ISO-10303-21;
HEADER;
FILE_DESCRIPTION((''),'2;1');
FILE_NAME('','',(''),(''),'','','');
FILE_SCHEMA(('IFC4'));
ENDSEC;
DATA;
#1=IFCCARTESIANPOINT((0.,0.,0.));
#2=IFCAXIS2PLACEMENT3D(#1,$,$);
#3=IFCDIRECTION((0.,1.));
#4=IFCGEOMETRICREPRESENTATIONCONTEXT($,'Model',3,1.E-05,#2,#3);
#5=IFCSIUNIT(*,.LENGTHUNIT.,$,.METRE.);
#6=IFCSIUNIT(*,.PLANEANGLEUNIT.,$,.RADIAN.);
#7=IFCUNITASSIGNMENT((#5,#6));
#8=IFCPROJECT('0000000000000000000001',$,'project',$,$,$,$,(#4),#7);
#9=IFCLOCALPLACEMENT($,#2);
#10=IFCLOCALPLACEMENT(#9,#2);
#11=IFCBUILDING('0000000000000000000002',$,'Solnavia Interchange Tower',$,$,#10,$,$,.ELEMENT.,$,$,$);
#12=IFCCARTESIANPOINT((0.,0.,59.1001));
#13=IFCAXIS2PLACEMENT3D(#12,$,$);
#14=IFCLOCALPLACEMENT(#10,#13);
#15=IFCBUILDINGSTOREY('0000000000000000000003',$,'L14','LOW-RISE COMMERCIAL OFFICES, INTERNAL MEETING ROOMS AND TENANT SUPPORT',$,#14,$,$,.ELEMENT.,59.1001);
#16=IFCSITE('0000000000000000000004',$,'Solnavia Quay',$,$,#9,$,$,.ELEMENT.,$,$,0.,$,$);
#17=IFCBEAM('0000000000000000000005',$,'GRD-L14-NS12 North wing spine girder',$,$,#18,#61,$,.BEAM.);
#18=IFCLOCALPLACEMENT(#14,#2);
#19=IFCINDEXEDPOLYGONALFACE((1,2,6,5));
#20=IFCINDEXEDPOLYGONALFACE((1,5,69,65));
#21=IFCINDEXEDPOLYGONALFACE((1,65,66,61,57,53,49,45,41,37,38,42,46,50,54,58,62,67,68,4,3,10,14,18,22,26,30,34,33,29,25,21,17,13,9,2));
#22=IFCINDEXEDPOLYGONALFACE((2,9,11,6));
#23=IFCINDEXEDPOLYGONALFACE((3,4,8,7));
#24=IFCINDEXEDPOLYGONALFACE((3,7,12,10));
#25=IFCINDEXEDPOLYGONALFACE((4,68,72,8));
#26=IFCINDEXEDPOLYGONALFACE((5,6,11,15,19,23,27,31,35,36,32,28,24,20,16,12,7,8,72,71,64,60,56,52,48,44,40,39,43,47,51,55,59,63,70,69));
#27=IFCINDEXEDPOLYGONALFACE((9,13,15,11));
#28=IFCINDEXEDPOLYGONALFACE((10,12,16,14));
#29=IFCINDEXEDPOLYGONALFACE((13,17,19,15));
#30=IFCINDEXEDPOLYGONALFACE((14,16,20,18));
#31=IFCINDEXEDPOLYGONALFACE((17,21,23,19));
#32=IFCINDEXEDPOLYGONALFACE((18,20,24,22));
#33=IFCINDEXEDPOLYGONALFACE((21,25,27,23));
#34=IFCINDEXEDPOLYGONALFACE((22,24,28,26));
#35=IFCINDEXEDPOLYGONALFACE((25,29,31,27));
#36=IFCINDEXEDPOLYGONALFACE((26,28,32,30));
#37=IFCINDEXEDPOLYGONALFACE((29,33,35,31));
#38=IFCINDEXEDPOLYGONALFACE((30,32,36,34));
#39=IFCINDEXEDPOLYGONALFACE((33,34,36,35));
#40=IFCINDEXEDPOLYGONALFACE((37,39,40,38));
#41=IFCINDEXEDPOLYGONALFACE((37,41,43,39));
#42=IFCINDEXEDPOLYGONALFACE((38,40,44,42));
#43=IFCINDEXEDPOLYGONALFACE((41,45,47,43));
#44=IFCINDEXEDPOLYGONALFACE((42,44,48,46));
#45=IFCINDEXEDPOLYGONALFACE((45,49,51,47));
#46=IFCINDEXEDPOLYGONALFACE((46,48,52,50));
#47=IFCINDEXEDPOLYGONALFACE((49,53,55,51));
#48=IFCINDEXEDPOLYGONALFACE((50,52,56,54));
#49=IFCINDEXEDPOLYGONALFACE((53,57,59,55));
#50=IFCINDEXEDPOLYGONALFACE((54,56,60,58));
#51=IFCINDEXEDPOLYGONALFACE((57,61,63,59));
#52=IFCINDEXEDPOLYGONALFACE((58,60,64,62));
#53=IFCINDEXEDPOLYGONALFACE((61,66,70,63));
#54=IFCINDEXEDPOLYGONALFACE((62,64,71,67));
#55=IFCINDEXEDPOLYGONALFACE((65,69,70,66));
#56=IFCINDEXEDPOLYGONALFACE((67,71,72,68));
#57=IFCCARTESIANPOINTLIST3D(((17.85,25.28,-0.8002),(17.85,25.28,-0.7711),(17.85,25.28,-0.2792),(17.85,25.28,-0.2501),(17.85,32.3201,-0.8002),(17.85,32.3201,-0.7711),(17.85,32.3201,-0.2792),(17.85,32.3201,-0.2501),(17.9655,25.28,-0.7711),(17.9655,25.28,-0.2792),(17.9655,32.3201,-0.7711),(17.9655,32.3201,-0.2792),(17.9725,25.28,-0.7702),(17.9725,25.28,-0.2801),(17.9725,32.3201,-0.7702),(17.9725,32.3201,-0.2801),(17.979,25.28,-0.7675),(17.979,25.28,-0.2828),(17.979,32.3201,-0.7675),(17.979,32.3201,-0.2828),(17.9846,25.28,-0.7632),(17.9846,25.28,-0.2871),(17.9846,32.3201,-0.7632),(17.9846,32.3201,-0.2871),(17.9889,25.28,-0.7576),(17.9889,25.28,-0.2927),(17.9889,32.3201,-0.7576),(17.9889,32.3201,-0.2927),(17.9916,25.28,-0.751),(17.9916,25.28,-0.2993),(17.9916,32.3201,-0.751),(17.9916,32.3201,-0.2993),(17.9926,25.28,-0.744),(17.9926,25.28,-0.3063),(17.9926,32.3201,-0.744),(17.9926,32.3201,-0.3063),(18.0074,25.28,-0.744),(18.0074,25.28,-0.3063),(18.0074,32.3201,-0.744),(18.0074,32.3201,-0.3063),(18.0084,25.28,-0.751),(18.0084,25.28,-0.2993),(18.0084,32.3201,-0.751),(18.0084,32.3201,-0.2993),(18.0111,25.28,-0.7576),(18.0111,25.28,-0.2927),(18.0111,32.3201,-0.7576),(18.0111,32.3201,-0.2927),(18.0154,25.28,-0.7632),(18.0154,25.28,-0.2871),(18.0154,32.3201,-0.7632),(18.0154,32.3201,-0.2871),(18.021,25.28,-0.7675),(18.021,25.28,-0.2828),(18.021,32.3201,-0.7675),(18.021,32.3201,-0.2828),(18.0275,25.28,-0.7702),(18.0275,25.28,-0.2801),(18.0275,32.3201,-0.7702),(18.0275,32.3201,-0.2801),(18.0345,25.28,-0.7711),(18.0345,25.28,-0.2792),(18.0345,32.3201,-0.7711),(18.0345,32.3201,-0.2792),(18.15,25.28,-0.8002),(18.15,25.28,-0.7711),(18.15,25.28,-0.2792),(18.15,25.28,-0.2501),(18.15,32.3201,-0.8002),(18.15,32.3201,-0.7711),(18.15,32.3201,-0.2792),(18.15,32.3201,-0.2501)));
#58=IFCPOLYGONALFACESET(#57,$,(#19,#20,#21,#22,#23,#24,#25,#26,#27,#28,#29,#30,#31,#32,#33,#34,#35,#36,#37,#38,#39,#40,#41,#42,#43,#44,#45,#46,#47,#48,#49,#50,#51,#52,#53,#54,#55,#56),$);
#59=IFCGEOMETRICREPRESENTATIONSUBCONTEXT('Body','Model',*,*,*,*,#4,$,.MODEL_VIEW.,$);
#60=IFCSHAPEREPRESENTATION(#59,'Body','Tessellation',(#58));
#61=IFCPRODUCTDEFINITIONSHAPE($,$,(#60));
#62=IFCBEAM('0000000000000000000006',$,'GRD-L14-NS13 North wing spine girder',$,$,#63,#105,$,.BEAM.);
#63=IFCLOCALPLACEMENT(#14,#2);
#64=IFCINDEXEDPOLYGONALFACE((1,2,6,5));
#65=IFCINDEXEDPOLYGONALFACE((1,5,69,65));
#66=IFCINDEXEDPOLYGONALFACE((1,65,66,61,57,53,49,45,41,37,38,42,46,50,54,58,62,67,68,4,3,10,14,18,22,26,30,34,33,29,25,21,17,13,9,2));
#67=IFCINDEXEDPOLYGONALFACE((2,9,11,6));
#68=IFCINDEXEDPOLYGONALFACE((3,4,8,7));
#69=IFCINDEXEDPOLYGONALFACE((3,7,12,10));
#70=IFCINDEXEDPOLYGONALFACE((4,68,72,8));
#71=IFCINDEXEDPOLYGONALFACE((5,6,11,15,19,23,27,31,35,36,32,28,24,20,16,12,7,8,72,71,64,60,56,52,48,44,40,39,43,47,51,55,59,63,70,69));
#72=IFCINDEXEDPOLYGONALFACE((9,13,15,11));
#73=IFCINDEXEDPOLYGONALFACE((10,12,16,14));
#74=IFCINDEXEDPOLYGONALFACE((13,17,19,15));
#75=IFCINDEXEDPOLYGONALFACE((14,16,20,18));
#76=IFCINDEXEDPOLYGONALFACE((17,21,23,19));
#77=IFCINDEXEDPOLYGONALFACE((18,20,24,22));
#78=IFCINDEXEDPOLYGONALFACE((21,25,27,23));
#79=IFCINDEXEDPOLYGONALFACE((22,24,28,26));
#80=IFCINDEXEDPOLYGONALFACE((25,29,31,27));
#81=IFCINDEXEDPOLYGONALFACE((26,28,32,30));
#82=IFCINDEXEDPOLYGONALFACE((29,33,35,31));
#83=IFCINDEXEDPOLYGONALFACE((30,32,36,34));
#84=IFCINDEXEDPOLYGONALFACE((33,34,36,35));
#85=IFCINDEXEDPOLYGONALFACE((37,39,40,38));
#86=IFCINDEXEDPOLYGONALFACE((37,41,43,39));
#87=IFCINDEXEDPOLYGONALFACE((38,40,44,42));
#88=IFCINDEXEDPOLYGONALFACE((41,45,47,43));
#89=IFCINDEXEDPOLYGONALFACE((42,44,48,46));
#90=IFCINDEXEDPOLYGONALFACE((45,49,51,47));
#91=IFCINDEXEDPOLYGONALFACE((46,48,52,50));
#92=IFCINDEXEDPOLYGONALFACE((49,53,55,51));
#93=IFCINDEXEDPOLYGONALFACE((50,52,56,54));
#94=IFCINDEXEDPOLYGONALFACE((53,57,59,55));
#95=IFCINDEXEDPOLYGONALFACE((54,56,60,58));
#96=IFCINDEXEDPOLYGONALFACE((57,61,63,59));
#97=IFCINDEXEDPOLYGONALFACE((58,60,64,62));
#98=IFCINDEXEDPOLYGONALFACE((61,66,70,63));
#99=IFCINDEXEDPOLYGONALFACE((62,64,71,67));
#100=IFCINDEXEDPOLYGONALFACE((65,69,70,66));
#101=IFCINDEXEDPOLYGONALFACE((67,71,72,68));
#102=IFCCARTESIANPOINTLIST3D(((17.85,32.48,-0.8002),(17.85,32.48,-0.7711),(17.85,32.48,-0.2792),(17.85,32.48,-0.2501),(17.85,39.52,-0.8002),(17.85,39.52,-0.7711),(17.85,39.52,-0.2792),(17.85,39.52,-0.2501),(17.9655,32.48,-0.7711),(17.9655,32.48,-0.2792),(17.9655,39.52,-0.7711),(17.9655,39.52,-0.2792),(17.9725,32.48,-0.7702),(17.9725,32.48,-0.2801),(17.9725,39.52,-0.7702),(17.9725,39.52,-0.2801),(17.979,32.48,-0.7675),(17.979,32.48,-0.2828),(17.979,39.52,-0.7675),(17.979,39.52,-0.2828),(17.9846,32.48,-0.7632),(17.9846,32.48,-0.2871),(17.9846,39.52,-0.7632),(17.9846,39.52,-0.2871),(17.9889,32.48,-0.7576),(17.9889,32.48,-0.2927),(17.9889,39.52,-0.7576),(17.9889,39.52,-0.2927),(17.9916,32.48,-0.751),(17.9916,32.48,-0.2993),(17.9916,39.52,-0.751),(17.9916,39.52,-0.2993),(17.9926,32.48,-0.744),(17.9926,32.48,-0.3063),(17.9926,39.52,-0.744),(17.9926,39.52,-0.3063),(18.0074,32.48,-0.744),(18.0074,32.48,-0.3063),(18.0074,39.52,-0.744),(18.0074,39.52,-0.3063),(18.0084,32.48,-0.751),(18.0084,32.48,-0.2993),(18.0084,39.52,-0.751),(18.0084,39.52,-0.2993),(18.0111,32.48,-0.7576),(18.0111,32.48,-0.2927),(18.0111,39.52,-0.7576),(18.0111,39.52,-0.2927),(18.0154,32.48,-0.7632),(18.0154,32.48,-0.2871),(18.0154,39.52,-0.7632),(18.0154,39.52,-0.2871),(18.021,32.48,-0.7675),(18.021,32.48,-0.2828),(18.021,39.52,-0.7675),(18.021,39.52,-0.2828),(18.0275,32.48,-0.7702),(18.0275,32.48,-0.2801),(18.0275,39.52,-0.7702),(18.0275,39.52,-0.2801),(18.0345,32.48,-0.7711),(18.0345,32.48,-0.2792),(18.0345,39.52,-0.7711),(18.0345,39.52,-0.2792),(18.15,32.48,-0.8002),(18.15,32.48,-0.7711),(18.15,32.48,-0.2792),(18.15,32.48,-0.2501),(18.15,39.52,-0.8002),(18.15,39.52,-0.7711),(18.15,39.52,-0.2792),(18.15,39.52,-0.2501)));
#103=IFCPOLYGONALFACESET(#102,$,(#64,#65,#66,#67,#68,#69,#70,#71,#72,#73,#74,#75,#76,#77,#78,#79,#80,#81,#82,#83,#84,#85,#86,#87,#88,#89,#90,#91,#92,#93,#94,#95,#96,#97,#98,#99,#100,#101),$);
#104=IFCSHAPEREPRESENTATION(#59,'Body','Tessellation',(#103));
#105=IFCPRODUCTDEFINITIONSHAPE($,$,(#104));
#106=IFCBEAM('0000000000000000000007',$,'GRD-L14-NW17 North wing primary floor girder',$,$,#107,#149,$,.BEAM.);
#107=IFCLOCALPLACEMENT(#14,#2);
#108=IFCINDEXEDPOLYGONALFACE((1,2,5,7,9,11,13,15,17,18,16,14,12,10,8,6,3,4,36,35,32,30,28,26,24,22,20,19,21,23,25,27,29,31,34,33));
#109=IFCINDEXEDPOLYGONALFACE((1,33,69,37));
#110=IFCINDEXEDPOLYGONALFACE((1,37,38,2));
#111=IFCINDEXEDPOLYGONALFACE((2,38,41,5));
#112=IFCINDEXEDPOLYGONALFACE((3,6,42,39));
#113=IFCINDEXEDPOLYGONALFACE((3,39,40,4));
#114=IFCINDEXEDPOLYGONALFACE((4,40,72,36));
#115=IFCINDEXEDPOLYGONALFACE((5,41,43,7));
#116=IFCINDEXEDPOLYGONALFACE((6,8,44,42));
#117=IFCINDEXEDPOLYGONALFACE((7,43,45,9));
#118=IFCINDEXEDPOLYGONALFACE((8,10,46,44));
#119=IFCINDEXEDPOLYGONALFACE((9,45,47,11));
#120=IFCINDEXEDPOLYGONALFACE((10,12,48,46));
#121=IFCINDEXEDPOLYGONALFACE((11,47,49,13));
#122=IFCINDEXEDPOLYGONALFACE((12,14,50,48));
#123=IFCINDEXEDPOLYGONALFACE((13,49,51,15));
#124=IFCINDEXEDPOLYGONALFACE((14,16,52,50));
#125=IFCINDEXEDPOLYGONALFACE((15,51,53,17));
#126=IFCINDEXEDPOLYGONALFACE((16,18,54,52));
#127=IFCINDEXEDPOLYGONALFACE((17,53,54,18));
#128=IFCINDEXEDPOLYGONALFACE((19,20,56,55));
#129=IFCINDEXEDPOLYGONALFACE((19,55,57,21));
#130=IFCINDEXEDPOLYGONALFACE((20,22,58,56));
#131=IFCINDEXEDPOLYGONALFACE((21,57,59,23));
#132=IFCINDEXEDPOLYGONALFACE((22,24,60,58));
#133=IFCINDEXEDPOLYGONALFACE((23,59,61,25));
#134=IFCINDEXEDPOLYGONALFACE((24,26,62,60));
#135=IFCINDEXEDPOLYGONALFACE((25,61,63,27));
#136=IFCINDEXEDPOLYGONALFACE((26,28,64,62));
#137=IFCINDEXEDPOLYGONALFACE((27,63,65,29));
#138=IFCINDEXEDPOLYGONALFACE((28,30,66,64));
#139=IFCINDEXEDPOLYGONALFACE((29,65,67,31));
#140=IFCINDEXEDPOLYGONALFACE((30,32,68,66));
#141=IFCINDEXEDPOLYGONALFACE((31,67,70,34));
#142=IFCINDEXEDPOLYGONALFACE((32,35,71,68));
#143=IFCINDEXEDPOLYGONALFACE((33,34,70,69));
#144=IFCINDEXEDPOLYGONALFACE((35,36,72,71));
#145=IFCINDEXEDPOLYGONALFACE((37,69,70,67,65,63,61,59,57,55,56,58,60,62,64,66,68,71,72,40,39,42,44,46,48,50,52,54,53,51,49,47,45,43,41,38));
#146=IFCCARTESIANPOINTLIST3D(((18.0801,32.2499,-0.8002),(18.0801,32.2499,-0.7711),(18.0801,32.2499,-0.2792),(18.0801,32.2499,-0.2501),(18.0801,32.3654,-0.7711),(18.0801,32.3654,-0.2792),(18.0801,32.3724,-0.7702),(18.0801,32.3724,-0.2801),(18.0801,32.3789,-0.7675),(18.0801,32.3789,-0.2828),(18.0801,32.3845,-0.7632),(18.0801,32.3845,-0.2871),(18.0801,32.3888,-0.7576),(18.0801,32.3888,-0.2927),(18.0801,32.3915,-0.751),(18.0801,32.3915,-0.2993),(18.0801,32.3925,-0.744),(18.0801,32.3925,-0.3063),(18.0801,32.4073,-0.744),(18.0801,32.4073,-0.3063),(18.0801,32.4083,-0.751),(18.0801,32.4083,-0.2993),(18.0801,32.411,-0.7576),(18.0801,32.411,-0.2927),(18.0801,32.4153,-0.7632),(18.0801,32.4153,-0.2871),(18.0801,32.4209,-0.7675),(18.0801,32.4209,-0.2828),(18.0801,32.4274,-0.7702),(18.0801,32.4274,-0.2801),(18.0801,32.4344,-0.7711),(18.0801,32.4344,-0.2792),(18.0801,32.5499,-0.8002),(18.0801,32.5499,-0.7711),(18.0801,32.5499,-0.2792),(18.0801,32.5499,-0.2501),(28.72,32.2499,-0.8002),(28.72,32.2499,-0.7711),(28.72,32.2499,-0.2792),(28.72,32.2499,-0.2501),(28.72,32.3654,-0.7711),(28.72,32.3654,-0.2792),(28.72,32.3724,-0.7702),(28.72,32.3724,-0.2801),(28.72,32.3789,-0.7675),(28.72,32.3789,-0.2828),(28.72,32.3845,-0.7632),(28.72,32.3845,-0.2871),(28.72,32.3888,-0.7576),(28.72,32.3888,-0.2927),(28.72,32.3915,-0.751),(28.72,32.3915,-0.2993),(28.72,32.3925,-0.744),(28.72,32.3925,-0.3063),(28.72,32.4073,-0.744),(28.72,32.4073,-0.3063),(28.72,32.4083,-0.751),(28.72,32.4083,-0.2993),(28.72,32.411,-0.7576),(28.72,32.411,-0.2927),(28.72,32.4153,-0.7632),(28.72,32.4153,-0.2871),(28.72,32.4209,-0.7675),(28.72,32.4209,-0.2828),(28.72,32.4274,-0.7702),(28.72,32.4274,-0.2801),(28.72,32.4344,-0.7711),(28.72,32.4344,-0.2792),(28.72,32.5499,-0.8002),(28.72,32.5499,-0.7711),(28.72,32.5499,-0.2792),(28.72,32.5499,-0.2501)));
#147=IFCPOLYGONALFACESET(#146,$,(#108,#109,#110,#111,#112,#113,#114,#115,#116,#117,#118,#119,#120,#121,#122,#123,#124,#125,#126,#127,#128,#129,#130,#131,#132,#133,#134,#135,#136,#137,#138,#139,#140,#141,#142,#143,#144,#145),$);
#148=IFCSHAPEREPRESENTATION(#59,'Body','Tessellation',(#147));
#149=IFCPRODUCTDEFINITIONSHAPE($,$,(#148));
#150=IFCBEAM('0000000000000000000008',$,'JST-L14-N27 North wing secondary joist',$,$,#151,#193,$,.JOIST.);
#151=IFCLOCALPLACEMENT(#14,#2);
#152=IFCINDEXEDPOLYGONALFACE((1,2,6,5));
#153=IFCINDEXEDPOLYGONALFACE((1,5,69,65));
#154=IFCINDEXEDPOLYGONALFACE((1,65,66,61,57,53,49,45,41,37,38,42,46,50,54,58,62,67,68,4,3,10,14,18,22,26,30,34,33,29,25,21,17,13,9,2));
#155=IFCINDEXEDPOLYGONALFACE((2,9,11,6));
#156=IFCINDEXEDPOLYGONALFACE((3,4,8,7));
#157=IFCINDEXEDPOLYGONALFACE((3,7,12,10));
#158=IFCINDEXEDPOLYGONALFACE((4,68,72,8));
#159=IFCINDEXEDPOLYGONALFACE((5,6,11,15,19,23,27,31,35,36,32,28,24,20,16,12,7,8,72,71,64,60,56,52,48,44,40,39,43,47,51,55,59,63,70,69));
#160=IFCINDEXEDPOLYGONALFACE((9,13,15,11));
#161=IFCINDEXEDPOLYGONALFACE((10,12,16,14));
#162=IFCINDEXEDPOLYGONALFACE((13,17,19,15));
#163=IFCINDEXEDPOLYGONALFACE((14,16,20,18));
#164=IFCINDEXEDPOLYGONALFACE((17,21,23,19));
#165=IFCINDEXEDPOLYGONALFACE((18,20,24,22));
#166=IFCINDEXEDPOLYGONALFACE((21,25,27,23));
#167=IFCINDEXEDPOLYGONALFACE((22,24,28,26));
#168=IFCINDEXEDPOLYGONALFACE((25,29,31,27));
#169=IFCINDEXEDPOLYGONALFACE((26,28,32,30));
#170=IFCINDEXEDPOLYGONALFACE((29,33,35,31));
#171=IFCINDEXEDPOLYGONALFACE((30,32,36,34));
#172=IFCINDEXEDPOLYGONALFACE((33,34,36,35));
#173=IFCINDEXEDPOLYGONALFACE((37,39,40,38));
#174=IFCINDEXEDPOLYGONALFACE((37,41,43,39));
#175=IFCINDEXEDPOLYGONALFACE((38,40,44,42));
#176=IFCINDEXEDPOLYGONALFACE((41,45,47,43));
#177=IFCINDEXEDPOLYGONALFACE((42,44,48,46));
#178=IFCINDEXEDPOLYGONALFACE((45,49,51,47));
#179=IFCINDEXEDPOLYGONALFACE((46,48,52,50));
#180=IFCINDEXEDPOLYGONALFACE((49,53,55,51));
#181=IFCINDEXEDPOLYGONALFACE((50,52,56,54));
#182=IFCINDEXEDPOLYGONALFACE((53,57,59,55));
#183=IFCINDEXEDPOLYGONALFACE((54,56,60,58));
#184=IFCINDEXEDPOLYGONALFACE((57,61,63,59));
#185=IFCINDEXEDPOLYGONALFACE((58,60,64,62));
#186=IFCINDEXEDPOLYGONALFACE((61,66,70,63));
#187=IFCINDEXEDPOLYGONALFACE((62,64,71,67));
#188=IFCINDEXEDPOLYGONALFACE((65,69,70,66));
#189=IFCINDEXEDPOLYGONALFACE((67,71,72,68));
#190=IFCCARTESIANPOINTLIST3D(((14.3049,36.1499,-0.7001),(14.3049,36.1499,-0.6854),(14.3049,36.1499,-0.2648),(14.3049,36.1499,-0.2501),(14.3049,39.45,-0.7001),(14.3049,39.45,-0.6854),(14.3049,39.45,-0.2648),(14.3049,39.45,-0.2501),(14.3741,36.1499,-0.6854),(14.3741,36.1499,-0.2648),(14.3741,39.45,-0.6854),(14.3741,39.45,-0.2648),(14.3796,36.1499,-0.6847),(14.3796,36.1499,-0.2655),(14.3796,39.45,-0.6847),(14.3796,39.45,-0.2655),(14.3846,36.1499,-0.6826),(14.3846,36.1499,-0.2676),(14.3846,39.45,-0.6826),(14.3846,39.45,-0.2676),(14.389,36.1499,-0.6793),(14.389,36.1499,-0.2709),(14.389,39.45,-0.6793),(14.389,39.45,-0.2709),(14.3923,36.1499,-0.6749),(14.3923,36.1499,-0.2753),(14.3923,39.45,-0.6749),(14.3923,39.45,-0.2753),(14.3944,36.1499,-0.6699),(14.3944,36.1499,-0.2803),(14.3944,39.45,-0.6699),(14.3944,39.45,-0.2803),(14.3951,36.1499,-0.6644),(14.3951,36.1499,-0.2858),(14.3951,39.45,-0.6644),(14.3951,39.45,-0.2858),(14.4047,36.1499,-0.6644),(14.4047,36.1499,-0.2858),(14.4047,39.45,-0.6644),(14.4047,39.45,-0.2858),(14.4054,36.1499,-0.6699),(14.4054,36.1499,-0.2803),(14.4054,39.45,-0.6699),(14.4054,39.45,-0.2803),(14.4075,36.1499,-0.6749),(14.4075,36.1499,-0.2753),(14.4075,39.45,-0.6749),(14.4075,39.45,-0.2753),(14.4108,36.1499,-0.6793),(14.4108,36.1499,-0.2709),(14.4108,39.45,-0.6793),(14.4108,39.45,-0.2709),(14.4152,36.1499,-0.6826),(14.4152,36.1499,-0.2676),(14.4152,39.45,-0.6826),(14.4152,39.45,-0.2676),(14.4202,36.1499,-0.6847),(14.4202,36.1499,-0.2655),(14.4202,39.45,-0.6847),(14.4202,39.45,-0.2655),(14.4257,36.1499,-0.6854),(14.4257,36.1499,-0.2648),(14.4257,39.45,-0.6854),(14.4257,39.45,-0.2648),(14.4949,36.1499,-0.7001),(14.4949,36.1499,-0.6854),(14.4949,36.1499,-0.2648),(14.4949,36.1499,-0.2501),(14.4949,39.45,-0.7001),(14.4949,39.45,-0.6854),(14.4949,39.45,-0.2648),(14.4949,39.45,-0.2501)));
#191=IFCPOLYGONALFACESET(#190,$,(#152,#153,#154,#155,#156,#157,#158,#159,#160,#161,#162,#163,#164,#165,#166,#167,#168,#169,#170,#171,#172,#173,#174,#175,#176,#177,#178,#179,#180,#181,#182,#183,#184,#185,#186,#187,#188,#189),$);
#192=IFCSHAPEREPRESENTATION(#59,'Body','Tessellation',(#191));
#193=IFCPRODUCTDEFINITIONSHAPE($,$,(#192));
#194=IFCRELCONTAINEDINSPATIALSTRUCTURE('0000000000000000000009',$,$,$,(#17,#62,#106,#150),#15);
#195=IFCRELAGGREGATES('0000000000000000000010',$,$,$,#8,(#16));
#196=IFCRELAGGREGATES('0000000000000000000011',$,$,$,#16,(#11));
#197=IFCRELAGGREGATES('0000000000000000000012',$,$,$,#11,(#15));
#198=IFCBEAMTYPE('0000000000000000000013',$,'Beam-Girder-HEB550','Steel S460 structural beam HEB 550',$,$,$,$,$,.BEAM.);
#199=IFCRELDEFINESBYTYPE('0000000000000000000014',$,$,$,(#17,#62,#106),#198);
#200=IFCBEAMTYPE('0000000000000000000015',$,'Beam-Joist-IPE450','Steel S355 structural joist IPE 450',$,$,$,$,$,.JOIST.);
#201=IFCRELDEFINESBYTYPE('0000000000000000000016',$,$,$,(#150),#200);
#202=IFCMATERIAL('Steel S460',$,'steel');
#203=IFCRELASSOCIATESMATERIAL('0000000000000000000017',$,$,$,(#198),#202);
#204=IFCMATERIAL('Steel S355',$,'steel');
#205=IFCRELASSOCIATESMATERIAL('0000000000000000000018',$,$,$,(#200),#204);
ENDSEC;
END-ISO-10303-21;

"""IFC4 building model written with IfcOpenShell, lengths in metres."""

from ifc_helpers import new_model, si_unit, direction, frame, origin, origin_2d, place, context, subcontext, project, spatial, i_section, extrude, material, material_profile, profile_set, type_object, element, save


model = new_model("IFC4")

# Units and contexts
model_context = context("Model", 3, precision=1e-05, world=origin(), true_north=direction((0.0, 1.0)))
body_context = subcontext(model_context, "Body", "Model", "MODEL_VIEW")
ifc_project = project(units=[si_unit("LENGTHUNIT", "METRE"), si_unit("PLANEANGLEUNIT", "RADIAN")], contexts=[model_context])

# Site, building, storey
site_placement = place(None, origin())
site = spatial("IfcSite", under=ifc_project, at=site_placement, Name="Solnavia Quay", CompositionType="ELEMENT", RefElevation=0.0)
building_placement = place(site_placement, origin())
building = spatial("IfcBuilding", under=site, at=building_placement, Name="Solnavia Interchange Tower", CompositionType="ELEMENT")
storey_placement = place(building_placement, frame((0.0, 0.0, 59.1001)))
storey = spatial("IfcBuildingStorey", under=building, at=storey_placement, Name="L14", Description="LOW-RISE COMMERCIAL OFFICES, INTERNAL MEETING ROOMS AND TENANT SUPPORT", CompositionType="ELEMENT", Elevation=59.1001)

# Shared definitions
ifc_material_1 = material(Name="Steel S355", Category="steel")

# Beams
ifc_material_2 = material(Name="Steel S460", Category="steel")
ifc_material_profile_1 = material_profile(ifc_material_2, i_section(OverallWidth=0.3, OverallDepth=0.55, WebThickness=0.0149, FlangeThickness=0.0291, FilletRadius=0.0271, at=origin_2d()), Name="HEB 550")
ifc_profile_set_1 = profile_set([ifc_material_profile_1], Name="Steel S460")
beam_type_1 = type_object("IfcBeamType", Name="Beam-Girder-HEB550", Description="Steel S460 structural beam HEB 550", PredefinedType="BEAM", material=ifc_profile_set_1)
for number, where, z_axis, x_axis, name in (
    (1, (18.0, 25.28, -0.5251), (0.0, 1.0, 0.0), (-1.0, 0.0, 0.0), "GRD-L14-NS12 North wing spine girder"),
    (2, (18.0, 32.48, -0.5251), (0.0, 1.0, 0.0), (-1.0, 0.0, 0.0), "GRD-L14-NS13 North wing spine girder"),
):
    element("IfcBeam", number, at=place(storey_placement, frame(where, z_axis=z_axis, x_axis=x_axis)), inside=storey, type_object=beam_type_1, Name=name, PredefinedType="BEAM", context=body_context, shape_type="SweptSolid", body=[
        extrude(i_section(OverallWidth=0.3, OverallDepth=0.55, WebThickness=0.0149, FlangeThickness=0.0291, FilletRadius=0.0271, at=origin_2d()), origin(), (0.0, 0.0, 1.0), 7.04),
    ])
beam_placement = place(storey_placement, frame((18.0801, 32.3999, -0.5251), z_axis=(1.0, 0.0, 0.0), x_axis=(0.0, 1.0, 0.0)))
element("IfcBeam", 3, at=beam_placement, inside=storey, type_object=beam_type_1, Name="GRD-L14-NW17 North wing primary floor girder", PredefinedType="BEAM", context=body_context, shape_type="SweptSolid", body=[
    extrude(i_section(OverallWidth=0.3, OverallDepth=0.55, WebThickness=0.0149, FlangeThickness=0.0291, FilletRadius=0.0271, at=origin_2d()), origin(), (0.0, 0.0, 1.0), 10.6399),
])
ifc_material_profile_2 = material_profile(ifc_material_1, i_section(OverallWidth=0.1899, OverallDepth=0.45, WebThickness=0.0095, FlangeThickness=0.0146, FilletRadius=0.021, at=origin_2d()), Name="IPE 450")
ifc_profile_set_2 = profile_set([ifc_material_profile_2], Name="Steel S355")
beam_type_2 = type_object("IfcBeamType", Name="Beam-Joist-IPE450", Description="Steel S355 structural joist IPE 450", PredefinedType="JOIST", material=ifc_profile_set_2)
for number, where, z_axis, x_axis, name in (
    (4, (14.3999, 36.1499, -0.4751), (0.0, 1.0, 0.0), (-1.0, 0.0, 0.0), "JST-L14-N27 North wing secondary joist"),
):
    element("IfcBeam", number, at=place(storey_placement, frame(where, z_axis=z_axis, x_axis=x_axis)), inside=storey, type_object=beam_type_2, Name=name, PredefinedType="JOIST", context=body_context, shape_type="SweptSolid", body=[
        extrude(i_section(OverallWidth=0.1899, OverallDepth=0.45, WebThickness=0.0095, FlangeThickness=0.0146, FilletRadius=0.021, at=origin_2d()), origin(), (0.0, 0.0, 1.0), 3.3),
    ])

save(model, "model.ifc")
